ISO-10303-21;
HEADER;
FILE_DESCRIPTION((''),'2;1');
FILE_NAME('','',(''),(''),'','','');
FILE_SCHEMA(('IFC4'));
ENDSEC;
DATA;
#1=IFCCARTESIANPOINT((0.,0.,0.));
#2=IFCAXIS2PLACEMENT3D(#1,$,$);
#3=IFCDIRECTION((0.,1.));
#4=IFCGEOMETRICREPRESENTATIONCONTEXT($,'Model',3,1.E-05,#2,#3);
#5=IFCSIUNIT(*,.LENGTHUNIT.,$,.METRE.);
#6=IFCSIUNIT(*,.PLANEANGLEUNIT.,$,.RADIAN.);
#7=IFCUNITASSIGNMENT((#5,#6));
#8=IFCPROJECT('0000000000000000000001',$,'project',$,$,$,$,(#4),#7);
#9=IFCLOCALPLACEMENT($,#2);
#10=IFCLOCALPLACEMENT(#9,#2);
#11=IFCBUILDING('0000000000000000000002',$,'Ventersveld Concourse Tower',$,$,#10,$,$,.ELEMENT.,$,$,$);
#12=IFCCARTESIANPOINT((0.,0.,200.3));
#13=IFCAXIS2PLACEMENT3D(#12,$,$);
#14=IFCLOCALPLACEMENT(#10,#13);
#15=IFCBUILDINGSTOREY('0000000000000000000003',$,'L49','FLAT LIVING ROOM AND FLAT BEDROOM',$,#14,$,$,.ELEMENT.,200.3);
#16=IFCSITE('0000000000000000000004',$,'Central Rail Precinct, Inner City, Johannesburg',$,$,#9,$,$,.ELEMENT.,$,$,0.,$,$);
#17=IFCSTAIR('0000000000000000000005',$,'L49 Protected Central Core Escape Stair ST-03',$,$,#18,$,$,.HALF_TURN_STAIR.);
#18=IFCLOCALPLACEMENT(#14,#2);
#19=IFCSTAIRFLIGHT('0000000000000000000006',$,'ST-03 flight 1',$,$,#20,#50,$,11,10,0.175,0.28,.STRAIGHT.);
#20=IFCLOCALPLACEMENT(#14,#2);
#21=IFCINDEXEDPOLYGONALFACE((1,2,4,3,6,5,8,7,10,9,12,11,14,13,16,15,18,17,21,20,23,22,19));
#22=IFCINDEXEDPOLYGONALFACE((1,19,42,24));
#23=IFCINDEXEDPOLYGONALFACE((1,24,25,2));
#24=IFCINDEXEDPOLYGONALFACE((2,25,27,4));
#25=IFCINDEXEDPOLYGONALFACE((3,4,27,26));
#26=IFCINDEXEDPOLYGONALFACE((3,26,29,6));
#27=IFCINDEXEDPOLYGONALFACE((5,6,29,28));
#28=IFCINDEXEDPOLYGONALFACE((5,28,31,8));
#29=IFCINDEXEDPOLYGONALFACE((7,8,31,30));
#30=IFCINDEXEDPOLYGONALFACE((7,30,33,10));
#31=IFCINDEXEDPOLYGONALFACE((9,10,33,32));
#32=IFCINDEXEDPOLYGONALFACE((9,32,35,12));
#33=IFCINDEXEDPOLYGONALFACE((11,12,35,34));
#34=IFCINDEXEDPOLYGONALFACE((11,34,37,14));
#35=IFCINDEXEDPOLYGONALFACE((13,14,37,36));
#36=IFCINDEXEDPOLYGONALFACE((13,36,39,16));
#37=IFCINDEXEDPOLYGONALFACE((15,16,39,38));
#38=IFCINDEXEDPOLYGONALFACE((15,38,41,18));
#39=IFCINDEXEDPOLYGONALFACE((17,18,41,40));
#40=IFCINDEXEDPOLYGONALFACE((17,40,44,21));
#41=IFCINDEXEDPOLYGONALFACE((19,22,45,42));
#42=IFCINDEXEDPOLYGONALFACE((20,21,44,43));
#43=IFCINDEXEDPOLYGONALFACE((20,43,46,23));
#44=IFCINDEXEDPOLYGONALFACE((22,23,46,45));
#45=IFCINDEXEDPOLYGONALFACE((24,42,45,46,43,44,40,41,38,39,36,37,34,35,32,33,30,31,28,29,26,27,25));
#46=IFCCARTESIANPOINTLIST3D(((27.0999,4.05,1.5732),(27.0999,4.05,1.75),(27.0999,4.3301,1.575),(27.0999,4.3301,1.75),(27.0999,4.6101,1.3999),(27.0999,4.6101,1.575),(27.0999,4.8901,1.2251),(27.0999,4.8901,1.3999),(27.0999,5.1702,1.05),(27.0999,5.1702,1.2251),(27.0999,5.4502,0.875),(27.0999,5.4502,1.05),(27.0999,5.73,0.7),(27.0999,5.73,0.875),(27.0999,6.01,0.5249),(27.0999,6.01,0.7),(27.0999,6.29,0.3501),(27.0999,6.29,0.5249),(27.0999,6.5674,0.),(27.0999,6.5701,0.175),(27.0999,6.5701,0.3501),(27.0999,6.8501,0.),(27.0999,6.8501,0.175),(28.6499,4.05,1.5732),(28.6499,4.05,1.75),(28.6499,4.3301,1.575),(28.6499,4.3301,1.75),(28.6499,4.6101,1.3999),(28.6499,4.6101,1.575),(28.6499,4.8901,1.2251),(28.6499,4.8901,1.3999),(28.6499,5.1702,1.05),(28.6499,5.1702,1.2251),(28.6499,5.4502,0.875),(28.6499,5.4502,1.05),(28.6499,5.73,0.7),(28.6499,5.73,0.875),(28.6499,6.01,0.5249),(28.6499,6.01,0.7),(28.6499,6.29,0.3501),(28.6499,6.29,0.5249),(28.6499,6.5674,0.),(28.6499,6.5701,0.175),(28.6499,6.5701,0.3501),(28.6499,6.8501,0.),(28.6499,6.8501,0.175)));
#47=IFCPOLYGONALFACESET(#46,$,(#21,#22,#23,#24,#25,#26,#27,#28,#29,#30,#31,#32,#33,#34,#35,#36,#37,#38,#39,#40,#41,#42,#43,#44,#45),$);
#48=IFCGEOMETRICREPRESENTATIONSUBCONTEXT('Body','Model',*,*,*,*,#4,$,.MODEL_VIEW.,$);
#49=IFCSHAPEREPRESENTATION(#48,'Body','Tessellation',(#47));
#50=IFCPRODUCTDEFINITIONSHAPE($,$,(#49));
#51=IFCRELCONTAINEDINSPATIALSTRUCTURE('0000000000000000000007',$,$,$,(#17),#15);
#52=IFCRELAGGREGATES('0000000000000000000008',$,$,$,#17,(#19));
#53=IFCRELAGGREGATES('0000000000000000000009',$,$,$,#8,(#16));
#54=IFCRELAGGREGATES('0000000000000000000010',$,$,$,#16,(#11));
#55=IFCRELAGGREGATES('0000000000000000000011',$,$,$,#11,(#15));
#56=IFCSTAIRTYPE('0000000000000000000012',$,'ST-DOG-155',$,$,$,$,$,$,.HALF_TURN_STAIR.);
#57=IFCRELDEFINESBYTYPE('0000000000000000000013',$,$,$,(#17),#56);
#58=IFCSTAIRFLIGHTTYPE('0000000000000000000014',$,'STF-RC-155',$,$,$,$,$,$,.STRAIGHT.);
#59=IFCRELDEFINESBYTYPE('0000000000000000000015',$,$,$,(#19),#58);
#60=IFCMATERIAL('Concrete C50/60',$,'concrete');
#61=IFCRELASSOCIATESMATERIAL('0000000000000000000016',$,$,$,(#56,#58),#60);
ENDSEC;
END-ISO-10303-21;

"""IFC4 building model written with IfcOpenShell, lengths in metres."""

from ifc_helpers import new_model, si_unit, direction, frame, origin, place, context, subcontext, project, spatial, polyline, outline, extrude, material, type_object, element, aggregate, save


model = new_model("IFC4")

# Units and contexts
model_context = context("Model", 3, precision=1e-05, world=origin(), true_north=direction((0.0, 1.0)))
body_context = subcontext(model_context, "Body", "Model", "MODEL_VIEW")
ifc_project = project(units=[si_unit("LENGTHUNIT", "METRE"), si_unit("PLANEANGLEUNIT", "RADIAN")], contexts=[model_context])

# Site, building, storey
site_placement = place(None, origin())
site = spatial("IfcSite", under=ifc_project, at=site_placement, Name="Central Rail Precinct, Inner City, Johannesburg", CompositionType="ELEMENT", RefElevation=0.0)
building_placement = place(site_placement, origin())
building = spatial("IfcBuilding", under=site, at=building_placement, Name="Ventersveld Concourse Tower", CompositionType="ELEMENT")
storey_placement = place(building_placement, frame((0.0, 0.0, 200.3)))
storey = spatial("IfcBuildingStorey", under=building, at=storey_placement, Name="L49", Description="FLAT LIVING ROOM AND FLAT BEDROOM", CompositionType="ELEMENT", Elevation=200.3)

# Shared definitions
ifc_material_1 = material(Name="Concrete C50/60", Category="concrete")

# Stair, stair flight
stair_type = type_object("IfcStairType", Name="ST-DOG-155", PredefinedType="HALF_TURN_STAIR", material=ifc_material_1)
stair_placement = place(storey_placement, origin())
stair = element("IfcStair", 1, at=stair_placement, inside=storey, type_object=stair_type, Name="L49 Protected Central Core Escape Stair ST-03", PredefinedType="HALF_TURN_STAIR")
stair_flight_type = type_object("IfcStairFlightType", Name="STF-RC-155", PredefinedType="STRAIGHT", material=ifc_material_1)
stair_flight_placement = place(storey_placement, frame((27.875, 6.8501, 0.0), z_axis=(0.0, 0.0, 1.0), x_axis=(0.0, -1.0, 0.0)))
stair_flight = element("IfcStairFlight", 2, at=stair_flight_placement, type_object=stair_flight_type, Name="ST-03 flight 1", NumberOfRisers=11, NumberOfTreads=10, PredefinedType="STRAIGHT", RiserHeight=0.175, TreadLength=0.28, context=body_context, shape_type="SweptSolid", body=[
    extrude(outline(polyline([(0.0, 0.0), (0.0, 0.175), (0.28, 0.175), (0.28, 0.3501), (0.5601, 0.3501), (0.5601, 0.5249), (0.8401, 0.5249), (0.8401, 0.7), (1.1201, 0.7), (1.1201, 0.875), (1.3999, 0.875), (1.3999, 1.05), (1.6799, 1.05), (1.6799, 1.2251), (1.96, 1.2251), (1.96, 1.3999), (2.24, 1.3999), (2.24, 1.575), (2.52, 1.575), (2.52, 1.75), (2.8, 1.75), (2.8, 1.925), (2.8, 1.5732), (0.2827, 0.0), (0.0, 0.0)])), frame((0.0, 0.7749, 0.0), z_axis=(0.0, -1.0, 0.0), x_axis=(1.0, 0.0, 0.0)), (0.0, 0.0, 1.0), 1.55),
])
aggregate(stair, [stair_flight])

save(model, "model.ifc")
